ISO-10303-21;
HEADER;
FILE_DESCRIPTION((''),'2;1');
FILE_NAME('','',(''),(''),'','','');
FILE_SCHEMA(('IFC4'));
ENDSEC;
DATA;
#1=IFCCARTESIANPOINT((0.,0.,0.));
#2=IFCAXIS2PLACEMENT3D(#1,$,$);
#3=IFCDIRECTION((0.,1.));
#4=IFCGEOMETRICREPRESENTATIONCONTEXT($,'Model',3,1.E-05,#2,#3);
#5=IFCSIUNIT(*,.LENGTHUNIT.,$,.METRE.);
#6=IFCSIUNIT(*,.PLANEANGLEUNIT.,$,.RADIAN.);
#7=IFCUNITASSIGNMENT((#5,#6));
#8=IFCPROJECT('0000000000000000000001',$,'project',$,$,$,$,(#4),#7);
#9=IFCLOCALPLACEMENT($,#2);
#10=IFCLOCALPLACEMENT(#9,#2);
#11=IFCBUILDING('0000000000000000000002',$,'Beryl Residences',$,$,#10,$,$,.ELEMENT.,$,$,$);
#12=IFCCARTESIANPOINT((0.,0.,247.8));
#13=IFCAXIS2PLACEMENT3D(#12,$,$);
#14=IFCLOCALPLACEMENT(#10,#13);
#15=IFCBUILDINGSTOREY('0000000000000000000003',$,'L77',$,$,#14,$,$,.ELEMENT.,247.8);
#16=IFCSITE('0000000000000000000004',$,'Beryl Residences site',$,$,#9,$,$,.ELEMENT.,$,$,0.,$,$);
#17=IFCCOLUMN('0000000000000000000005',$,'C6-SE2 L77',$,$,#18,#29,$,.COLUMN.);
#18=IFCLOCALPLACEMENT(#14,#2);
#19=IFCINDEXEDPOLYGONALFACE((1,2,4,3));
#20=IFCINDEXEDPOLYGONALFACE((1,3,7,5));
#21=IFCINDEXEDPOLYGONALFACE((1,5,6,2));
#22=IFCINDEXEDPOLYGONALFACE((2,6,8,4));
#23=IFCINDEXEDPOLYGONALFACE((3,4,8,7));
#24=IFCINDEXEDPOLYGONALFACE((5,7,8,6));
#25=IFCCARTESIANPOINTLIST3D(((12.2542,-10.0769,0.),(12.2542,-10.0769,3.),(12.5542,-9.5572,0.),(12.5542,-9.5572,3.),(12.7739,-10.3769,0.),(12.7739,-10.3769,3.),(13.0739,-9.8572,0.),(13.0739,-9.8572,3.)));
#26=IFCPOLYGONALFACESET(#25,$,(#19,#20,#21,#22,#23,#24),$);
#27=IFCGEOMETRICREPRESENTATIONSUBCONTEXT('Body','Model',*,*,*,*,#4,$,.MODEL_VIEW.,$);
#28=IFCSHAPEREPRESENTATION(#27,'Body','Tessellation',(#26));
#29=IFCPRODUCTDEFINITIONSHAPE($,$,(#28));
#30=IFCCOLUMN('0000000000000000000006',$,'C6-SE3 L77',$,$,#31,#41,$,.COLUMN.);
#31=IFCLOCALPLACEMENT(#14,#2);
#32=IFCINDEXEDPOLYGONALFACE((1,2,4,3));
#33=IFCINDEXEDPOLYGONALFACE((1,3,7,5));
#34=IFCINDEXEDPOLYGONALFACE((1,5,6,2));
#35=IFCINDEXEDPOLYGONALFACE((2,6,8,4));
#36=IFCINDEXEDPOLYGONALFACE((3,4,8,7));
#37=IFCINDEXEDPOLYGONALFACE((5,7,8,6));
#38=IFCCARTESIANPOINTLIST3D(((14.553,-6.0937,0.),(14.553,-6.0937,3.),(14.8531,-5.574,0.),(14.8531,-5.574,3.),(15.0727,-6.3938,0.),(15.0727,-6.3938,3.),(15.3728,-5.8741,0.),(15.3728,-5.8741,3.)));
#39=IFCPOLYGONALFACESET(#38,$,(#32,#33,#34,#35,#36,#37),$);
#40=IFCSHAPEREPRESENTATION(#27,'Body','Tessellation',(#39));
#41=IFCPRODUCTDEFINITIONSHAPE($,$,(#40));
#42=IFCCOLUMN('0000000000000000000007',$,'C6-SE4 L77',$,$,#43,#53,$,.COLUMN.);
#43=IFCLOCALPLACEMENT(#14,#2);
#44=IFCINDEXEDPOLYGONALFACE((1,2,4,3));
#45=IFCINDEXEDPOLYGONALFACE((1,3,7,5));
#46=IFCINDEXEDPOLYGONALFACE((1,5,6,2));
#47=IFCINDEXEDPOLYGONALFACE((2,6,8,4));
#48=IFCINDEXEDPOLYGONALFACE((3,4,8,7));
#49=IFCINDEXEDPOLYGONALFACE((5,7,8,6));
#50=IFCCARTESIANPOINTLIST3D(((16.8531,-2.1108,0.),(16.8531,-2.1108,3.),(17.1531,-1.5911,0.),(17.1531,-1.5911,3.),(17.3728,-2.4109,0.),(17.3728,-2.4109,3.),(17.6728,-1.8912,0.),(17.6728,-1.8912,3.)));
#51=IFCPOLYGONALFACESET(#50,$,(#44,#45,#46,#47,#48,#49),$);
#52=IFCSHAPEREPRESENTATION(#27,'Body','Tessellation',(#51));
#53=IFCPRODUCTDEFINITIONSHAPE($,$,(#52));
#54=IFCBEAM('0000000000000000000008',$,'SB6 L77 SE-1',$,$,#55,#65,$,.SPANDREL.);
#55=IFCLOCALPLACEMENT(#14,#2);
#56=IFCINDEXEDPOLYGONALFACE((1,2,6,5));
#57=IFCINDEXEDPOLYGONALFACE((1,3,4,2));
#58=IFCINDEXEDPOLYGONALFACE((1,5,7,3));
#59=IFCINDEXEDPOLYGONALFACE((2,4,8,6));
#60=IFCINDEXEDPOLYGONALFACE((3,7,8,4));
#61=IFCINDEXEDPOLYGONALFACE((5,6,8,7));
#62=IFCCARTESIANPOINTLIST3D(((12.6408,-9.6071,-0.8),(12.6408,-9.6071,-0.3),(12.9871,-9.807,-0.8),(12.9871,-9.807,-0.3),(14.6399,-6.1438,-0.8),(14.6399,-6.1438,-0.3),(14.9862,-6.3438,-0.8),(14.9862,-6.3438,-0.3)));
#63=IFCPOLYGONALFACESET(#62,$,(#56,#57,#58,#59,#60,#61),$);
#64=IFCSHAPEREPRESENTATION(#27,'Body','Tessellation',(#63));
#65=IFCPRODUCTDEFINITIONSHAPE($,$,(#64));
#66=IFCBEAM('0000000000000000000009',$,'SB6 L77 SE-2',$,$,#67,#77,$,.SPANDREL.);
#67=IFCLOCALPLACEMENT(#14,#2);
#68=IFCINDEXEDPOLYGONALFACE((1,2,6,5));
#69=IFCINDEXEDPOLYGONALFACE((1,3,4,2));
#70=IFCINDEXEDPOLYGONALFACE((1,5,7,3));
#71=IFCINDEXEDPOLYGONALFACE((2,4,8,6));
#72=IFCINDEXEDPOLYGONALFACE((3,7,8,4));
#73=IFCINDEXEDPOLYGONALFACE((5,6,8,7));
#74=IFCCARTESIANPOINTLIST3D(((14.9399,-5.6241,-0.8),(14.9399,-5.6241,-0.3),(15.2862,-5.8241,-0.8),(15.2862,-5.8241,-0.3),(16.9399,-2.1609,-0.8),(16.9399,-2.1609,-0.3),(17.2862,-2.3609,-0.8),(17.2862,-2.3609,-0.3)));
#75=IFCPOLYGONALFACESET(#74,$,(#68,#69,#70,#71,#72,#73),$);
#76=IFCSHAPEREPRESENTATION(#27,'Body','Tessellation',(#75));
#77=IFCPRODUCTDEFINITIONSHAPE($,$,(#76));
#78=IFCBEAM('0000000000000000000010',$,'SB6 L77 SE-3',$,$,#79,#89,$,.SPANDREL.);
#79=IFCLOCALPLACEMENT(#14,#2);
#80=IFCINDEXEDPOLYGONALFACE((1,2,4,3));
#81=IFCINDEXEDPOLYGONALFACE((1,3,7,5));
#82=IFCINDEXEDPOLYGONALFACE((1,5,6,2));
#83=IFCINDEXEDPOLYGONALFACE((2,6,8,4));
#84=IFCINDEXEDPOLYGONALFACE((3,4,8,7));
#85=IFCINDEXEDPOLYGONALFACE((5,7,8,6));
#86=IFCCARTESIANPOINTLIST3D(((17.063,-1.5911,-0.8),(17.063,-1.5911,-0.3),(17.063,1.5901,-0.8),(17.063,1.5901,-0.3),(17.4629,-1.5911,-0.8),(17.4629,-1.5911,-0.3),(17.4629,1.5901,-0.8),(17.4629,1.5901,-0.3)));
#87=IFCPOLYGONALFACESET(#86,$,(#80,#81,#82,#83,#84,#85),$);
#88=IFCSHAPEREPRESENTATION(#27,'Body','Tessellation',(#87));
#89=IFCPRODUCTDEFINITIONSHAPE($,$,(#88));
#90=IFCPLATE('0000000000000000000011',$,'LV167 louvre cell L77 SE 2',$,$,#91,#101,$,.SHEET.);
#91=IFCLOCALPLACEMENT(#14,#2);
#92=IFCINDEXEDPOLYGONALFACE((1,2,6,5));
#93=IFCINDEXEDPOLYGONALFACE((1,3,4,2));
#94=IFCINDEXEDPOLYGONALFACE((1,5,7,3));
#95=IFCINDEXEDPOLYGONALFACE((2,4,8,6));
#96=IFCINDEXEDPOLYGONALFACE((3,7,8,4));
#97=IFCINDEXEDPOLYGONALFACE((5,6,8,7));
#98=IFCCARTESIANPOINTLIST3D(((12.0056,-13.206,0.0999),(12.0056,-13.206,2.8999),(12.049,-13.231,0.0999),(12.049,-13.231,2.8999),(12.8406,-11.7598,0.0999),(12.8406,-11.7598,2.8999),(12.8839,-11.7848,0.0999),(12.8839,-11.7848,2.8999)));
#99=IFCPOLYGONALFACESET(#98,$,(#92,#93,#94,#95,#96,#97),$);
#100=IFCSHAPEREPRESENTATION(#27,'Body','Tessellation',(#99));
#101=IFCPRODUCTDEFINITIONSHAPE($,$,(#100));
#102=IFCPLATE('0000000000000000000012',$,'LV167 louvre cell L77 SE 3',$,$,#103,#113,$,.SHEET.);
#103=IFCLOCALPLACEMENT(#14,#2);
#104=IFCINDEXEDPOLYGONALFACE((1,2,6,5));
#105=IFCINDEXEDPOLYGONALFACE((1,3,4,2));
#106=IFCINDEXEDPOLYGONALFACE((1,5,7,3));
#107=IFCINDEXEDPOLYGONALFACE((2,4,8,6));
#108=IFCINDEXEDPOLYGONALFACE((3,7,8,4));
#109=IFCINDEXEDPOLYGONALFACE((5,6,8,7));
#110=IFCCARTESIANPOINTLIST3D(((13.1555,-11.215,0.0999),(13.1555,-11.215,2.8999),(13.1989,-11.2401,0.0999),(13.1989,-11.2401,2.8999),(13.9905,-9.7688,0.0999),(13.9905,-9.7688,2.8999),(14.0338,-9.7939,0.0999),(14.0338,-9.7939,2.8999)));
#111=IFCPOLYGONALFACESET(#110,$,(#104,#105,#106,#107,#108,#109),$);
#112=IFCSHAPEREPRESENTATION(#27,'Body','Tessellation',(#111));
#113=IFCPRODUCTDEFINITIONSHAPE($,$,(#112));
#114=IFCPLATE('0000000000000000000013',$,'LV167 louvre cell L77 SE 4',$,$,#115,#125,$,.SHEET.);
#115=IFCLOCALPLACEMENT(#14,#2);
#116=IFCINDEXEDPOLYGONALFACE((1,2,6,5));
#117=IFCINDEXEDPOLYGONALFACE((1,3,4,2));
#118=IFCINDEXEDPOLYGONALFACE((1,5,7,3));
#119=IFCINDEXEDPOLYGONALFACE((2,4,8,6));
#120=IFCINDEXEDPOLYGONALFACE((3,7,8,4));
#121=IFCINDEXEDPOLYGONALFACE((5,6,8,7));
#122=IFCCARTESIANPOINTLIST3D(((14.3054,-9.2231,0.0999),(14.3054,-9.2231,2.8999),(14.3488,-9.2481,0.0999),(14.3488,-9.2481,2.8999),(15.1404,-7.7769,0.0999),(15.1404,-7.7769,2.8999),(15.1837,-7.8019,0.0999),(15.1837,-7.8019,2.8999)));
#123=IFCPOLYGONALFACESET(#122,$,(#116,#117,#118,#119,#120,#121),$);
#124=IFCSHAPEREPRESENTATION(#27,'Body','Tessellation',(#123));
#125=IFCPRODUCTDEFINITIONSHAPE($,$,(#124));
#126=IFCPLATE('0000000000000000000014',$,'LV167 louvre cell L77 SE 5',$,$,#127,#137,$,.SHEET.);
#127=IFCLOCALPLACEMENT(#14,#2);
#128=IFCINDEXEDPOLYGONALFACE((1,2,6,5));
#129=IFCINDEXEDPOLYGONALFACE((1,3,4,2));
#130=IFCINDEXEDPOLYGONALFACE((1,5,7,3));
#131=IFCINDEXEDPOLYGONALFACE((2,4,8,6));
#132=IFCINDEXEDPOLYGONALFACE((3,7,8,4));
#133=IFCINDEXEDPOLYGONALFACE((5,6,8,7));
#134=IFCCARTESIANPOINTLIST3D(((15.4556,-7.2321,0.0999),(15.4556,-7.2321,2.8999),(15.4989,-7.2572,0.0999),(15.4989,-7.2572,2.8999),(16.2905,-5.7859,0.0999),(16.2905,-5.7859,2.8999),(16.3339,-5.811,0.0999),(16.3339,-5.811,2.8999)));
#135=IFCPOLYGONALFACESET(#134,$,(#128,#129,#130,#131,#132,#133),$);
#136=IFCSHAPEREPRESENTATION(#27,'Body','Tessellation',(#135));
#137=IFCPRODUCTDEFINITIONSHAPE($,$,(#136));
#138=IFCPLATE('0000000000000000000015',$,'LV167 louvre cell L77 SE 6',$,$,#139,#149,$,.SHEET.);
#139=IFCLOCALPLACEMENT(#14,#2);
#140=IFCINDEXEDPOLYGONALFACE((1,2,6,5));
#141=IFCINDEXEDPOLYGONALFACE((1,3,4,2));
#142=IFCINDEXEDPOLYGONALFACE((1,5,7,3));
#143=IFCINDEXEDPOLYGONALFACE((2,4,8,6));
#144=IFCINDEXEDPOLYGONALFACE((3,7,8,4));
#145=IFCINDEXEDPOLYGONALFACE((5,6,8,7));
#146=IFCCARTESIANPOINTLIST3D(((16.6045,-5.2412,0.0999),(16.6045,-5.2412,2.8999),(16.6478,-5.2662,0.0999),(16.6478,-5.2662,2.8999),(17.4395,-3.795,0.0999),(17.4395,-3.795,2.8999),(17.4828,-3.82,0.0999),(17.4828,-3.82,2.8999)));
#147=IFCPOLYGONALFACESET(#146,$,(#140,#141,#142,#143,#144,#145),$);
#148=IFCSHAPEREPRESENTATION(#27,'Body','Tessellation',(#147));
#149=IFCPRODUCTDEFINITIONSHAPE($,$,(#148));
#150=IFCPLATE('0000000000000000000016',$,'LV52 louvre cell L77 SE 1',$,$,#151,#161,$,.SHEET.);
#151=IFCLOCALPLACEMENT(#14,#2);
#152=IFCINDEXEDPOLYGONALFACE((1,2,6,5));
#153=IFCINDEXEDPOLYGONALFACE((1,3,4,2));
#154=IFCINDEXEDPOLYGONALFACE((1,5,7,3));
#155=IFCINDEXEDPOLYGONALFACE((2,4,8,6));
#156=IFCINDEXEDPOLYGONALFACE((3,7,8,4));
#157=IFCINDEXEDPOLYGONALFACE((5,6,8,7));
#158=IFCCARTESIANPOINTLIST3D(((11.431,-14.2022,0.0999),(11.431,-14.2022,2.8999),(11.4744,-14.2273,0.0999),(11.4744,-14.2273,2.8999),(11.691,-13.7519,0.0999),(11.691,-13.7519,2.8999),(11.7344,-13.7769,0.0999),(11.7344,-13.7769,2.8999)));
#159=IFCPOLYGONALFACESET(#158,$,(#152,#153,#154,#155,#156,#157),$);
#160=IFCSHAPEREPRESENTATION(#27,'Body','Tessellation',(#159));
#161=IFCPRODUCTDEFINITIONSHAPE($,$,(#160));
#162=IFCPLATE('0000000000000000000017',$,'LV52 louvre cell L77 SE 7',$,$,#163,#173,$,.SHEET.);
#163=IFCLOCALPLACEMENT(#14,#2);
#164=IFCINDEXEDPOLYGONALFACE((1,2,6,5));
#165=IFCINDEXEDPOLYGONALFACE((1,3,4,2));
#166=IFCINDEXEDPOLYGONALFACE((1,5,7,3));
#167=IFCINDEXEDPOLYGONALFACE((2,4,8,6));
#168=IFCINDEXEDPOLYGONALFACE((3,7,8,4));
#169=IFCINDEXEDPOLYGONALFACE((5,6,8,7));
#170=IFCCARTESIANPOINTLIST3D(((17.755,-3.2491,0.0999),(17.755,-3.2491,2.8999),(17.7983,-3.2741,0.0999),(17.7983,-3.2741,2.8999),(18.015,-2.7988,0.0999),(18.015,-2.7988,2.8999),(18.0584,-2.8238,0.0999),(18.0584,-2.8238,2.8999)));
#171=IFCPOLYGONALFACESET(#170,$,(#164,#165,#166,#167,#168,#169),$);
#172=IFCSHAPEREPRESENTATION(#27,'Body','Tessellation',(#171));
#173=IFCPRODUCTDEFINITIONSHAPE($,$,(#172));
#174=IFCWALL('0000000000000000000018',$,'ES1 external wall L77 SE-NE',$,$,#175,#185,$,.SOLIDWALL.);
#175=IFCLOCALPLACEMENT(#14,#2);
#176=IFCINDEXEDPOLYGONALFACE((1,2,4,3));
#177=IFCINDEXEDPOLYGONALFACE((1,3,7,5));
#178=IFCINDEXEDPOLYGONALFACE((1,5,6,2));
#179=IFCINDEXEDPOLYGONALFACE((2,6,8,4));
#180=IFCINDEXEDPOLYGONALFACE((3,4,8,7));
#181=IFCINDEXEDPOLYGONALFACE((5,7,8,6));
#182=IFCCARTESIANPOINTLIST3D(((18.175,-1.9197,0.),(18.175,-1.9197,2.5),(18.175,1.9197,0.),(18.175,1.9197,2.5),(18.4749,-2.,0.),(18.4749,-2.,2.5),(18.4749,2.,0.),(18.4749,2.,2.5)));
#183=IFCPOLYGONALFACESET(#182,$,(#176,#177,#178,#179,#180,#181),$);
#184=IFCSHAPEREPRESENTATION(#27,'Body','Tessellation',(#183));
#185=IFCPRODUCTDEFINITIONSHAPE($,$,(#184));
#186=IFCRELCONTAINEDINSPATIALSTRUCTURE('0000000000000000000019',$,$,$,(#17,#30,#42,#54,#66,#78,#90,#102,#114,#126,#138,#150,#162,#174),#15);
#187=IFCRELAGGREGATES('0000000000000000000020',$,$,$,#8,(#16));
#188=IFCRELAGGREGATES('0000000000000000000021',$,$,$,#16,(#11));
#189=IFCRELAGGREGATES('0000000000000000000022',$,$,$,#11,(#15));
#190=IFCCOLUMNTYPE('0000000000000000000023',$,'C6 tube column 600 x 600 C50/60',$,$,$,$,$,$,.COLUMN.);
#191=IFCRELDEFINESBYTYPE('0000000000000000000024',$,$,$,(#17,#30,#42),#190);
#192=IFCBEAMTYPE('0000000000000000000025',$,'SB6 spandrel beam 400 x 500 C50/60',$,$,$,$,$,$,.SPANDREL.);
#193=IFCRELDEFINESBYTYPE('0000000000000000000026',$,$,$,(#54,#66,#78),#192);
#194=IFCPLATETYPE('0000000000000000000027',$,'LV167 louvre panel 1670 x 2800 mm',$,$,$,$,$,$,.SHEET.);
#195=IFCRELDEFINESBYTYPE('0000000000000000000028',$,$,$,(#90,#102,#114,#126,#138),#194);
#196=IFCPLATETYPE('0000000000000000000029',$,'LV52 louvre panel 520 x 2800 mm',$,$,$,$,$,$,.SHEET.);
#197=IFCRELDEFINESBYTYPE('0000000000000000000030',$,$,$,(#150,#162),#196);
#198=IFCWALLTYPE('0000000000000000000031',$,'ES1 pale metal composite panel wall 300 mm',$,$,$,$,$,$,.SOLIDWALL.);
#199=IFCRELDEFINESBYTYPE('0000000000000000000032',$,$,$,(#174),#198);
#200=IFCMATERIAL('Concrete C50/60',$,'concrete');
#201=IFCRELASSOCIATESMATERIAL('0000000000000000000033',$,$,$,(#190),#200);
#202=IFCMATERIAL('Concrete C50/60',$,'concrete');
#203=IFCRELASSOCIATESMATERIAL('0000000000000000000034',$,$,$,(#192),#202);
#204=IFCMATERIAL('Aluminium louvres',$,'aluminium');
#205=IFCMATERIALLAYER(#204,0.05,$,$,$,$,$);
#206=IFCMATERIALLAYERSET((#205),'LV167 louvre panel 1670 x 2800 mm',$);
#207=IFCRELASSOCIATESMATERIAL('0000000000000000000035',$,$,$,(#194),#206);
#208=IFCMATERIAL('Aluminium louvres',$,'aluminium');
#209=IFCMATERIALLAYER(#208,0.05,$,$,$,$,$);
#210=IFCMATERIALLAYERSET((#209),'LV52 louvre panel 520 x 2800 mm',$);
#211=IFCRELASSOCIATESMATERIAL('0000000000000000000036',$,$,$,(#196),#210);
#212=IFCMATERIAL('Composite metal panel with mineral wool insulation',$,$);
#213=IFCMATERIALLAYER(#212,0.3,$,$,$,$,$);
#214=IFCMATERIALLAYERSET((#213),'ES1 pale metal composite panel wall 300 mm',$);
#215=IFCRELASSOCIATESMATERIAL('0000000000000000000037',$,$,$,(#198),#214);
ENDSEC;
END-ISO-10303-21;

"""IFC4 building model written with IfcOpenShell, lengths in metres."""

from ifc_helpers import new_model, si_unit, direction, frame, origin, origin_2d, place, context, subcontext, project, spatial, polyline, rectangle, outline, extrude, source, transform, mapped, material, layer, layer_set, material_profile, profile_set, type_object, type_shapes, element, save


model = new_model("IFC4")

# Units and contexts
model_context = context("Model", 3, precision=1e-05, world=origin(), true_north=direction((0.0, 1.0)))
body_context = subcontext(model_context, "Body", "Model", "MODEL_VIEW")
ifc_project = project(units=[si_unit("LENGTHUNIT", "METRE"), si_unit("PLANEANGLEUNIT", "RADIAN")], contexts=[model_context])

# Site, building, storey
site_placement = place(None, origin())
site = spatial("IfcSite", under=ifc_project, at=site_placement, Name="Beryl Residences site", CompositionType="ELEMENT", RefElevation=0.0)
building_placement = place(site_placement, origin())
building = spatial("IfcBuilding", under=site, at=building_placement, Name="Beryl Residences", CompositionType="ELEMENT")
storey_placement = place(building_placement, frame((0.0, 0.0, 247.8)))
storey = spatial("IfcBuildingStorey", under=building, at=storey_placement, Name="L77", CompositionType="ELEMENT", Elevation=247.8)

# Columns
ifc_material_1 = material(Name="Concrete C50/60", Category="concrete")
ifc_material_profile_1 = material_profile(ifc_material_1, rectangle(XDim=0.6001, YDim=0.6001, at=origin_2d()))
ifc_profile_set_1 = profile_set([ifc_material_profile_1], Name="Concrete C50/60")
column_type = type_object("IfcColumnType", Name="C6 tube column 600 x 600 C50/60", PredefinedType="COLUMN", material=ifc_profile_set_1)
for number, where, z_axis, x_axis, name in (
    (1, (12.6641, -9.967, 0.0), (0.0, 0.0, 1.0), (0.5, 0.866025, 0.0), "C6-SE2 L77"),
    (2, (14.9629, -5.9839, 0.0), (0.0, 0.0, 1.0), (0.5, 0.866025, 0.0), "C6-SE3 L77"),
    (3, (17.2629, -2.001, 0.0), (0.0, 0.0, 1.0), (0.5, 0.866025, 0.0), "C6-SE4 L77"),
):
    element("IfcColumn", number, at=place(storey_placement, frame(where, z_axis=z_axis, x_axis=x_axis)), inside=storey, type_object=column_type, Name=name, PredefinedType="COLUMN", context=body_context, shape_type="SweptSolid", body=[
        extrude(rectangle(XDim=0.6001, YDim=0.6001, at=origin_2d()), origin(), (0.0, 0.0, 1.0), 3.0),
    ])

# Beams
ifc_material_2 = material(Name="Concrete C50/60", Category="concrete")
ifc_material_profile_2 = material_profile(ifc_material_2, rectangle(XDim=0.3999, YDim=0.5, at=origin_2d()))
ifc_profile_set_2 = profile_set([ifc_material_profile_2], Name="Concrete C50/60")
beam_type = type_object("IfcBeamType", Name="SB6 spandrel beam 400 x 500 C50/60", PredefinedType="SPANDREL", material=ifc_profile_set_2)
beam_1_placement = place(storey_placement, frame((12.814, -9.707, -0.55), z_axis=(0.499922, 0.866071, 0.0), x_axis=(-0.866071, 0.499922, 0.0)))
element("IfcBeam", 4, at=beam_1_placement, inside=storey, type_object=beam_type, Name="SB6 L77 SE-1", PredefinedType="SPANDREL", context=body_context, shape_type="SweptSolid", body=[
    extrude(rectangle(XDim=0.3999, YDim=0.5, at=origin_2d()), origin(), (0.0, 0.0, 1.0), 3.9988),
])
beam_2_placement = place(storey_placement, frame((15.113, -5.7241, -0.55), z_axis=(0.500105, 0.865965, 0.0), x_axis=(-0.865965, 0.500105, 0.0)))
element("IfcBeam", 5, at=beam_2_placement, inside=storey, type_object=beam_type, Name="SB6 L77 SE-2", PredefinedType="SPANDREL", context=body_context, shape_type="SweptSolid", body=[
    extrude(rectangle(XDim=0.3999, YDim=0.5, at=origin_2d()), origin(), (0.0, 0.0, 1.0), 3.9993),
])
beam_3_placement = place(storey_placement, frame((17.2629, -1.5911, -0.55), z_axis=(0.0, 1.0, 0.0), x_axis=(-1.0, 0.0, 0.0)))
element("IfcBeam", 6, at=beam_3_placement, inside=storey, type_object=beam_type, Name="SB6 L77 SE-3", PredefinedType="SPANDREL", context=body_context, shape_type="SweptSolid", body=[
    extrude(rectangle(XDim=0.3999, YDim=0.5, at=origin_2d()), origin(), (0.0, 0.0, 1.0), 3.1812),
])

# Plates
ifc_material_3 = material(Name="Aluminium louvres", Category="aluminium")
ifc_layer_1 = layer(ifc_material_3, 0.05)
ifc_layer_set_1 = layer_set([ifc_layer_1], Name="LV167 louvre panel 1670 x 2800 mm")
plate_type_1 = type_object("IfcPlateType", Name="LV167 louvre panel 1670 x 2800 mm", PredefinedType="SHEET", material=ifc_layer_set_1)
shared_shape_1 = source(origin(), body_context, "Body", "SweptSolid", [
    extrude(outline(polyline([(-0.835, 0.0), (0.835, 0.0), (0.835, 0.05), (-0.835, 0.05), (-0.835, 0.0)])), origin(), (0.0, 0.0, 1.0), 2.8),
])
type_shapes(plate_type_1, [shared_shape_1])
for number, where, z_axis, x_axis, name in (
    (7, (12.4231, -12.4829, 0.0999), (0.0, 0.0, 1.0), (-0.5, -0.866025, 0.0), "LV167 louvre cell L77 SE 2"),
    (8, (13.573, -10.4919, 0.0999), (0.0, 0.0, 1.0), (-0.5, -0.866025, 0.0), "LV167 louvre cell L77 SE 3"),
    (9, (14.7229, -8.5, 0.0999), (0.0, 0.0, 1.0), (-0.5, -0.866025, 0.0), "LV167 louvre cell L77 SE 4"),
    (10, (15.873, -6.509, 0.0999), (0.0, 0.0, 1.0), (-0.5, -0.866025, 0.0), "LV167 louvre cell L77 SE 5"),
    (11, (17.022, -4.5181, 0.0999), (0.0, 0.0, 1.0), (-0.5, -0.866025, 0.0), "LV167 louvre cell L77 SE 6"),
):
    element("IfcPlate", number, at=place(storey_placement, frame(where, z_axis=z_axis, x_axis=x_axis)), inside=storey, type_object=plate_type_1, Name=name, PredefinedType="SHEET", context=body_context, shape_type="MappedRepresentation", body=[
        mapped(shared_shape_1, transform((0.0, 0.0, 0.0))),
    ])
ifc_material_4 = material(Name="Aluminium louvres", Category="aluminium")
ifc_layer_2 = layer(ifc_material_4, 0.05)
ifc_layer_set_2 = layer_set([ifc_layer_2], Name="LV52 louvre panel 520 x 2800 mm")
plate_type_2 = type_object("IfcPlateType", Name="LV52 louvre panel 520 x 2800 mm", PredefinedType="SHEET", material=ifc_layer_set_2)
shared_shape_2 = source(origin(), body_context, "Body", "SweptSolid", [
    extrude(outline(polyline([(-0.26, 0.0), (0.26, 0.0), (0.26, 0.05), (-0.26, 0.05), (-0.26, 0.0)])), origin(), (0.0, 0.0, 1.0), 2.8),
])
type_shapes(plate_type_2, [shared_shape_2])
for number, where, z_axis, x_axis, name in (
    (12, (11.561, -13.9771, 0.0999), (0.0, 0.0, 1.0), (-0.5, -0.866025, 0.0), "LV52 louvre cell L77 SE 1"),
    (13, (17.885, -3.0239, 0.0999), (0.0, 0.0, 1.0), (-0.5, -0.866025, 0.0), "LV52 louvre cell L77 SE 7"),
):
    element("IfcPlate", number, at=place(storey_placement, frame(where, z_axis=z_axis, x_axis=x_axis)), inside=storey, type_object=plate_type_2, Name=name, PredefinedType="SHEET", context=body_context, shape_type="MappedRepresentation", body=[
        mapped(shared_shape_2, transform((0.0, 0.0, 0.0))),
    ])

# Wall
ifc_material_5 = material(Name="Composite metal panel with mineral wool insulation")
ifc_layer_3 = layer(ifc_material_5, 0.3)
ifc_layer_set_3 = layer_set([ifc_layer_3], Name="ES1 pale metal composite panel wall 300 mm")
wall_type = type_object("IfcWallType", Name="ES1 pale metal composite panel wall 300 mm", PredefinedType="SOLIDWALL", material=ifc_layer_set_3)
wall_placement = place(storey_placement, frame((18.325, -2.0, 0.0), z_axis=(0.0, 0.0, 1.0), x_axis=(0.0, 1.0, 0.0)))
element("IfcWall", 14, at=wall_placement, inside=storey, type_object=wall_type, Name="ES1 external wall L77 SE-NE", PredefinedType="SOLIDWALL", context=body_context, shape_type="SweptSolid", body=[
    extrude(outline(polyline([(0.0, -0.1499), (4.0, -0.1499), (3.9197, 0.1499), (0.0803, 0.1499), (0.0, -0.1499)])), origin(), (0.0, 0.0, 1.0), 2.5),
])

save(model, "model.ifc")
